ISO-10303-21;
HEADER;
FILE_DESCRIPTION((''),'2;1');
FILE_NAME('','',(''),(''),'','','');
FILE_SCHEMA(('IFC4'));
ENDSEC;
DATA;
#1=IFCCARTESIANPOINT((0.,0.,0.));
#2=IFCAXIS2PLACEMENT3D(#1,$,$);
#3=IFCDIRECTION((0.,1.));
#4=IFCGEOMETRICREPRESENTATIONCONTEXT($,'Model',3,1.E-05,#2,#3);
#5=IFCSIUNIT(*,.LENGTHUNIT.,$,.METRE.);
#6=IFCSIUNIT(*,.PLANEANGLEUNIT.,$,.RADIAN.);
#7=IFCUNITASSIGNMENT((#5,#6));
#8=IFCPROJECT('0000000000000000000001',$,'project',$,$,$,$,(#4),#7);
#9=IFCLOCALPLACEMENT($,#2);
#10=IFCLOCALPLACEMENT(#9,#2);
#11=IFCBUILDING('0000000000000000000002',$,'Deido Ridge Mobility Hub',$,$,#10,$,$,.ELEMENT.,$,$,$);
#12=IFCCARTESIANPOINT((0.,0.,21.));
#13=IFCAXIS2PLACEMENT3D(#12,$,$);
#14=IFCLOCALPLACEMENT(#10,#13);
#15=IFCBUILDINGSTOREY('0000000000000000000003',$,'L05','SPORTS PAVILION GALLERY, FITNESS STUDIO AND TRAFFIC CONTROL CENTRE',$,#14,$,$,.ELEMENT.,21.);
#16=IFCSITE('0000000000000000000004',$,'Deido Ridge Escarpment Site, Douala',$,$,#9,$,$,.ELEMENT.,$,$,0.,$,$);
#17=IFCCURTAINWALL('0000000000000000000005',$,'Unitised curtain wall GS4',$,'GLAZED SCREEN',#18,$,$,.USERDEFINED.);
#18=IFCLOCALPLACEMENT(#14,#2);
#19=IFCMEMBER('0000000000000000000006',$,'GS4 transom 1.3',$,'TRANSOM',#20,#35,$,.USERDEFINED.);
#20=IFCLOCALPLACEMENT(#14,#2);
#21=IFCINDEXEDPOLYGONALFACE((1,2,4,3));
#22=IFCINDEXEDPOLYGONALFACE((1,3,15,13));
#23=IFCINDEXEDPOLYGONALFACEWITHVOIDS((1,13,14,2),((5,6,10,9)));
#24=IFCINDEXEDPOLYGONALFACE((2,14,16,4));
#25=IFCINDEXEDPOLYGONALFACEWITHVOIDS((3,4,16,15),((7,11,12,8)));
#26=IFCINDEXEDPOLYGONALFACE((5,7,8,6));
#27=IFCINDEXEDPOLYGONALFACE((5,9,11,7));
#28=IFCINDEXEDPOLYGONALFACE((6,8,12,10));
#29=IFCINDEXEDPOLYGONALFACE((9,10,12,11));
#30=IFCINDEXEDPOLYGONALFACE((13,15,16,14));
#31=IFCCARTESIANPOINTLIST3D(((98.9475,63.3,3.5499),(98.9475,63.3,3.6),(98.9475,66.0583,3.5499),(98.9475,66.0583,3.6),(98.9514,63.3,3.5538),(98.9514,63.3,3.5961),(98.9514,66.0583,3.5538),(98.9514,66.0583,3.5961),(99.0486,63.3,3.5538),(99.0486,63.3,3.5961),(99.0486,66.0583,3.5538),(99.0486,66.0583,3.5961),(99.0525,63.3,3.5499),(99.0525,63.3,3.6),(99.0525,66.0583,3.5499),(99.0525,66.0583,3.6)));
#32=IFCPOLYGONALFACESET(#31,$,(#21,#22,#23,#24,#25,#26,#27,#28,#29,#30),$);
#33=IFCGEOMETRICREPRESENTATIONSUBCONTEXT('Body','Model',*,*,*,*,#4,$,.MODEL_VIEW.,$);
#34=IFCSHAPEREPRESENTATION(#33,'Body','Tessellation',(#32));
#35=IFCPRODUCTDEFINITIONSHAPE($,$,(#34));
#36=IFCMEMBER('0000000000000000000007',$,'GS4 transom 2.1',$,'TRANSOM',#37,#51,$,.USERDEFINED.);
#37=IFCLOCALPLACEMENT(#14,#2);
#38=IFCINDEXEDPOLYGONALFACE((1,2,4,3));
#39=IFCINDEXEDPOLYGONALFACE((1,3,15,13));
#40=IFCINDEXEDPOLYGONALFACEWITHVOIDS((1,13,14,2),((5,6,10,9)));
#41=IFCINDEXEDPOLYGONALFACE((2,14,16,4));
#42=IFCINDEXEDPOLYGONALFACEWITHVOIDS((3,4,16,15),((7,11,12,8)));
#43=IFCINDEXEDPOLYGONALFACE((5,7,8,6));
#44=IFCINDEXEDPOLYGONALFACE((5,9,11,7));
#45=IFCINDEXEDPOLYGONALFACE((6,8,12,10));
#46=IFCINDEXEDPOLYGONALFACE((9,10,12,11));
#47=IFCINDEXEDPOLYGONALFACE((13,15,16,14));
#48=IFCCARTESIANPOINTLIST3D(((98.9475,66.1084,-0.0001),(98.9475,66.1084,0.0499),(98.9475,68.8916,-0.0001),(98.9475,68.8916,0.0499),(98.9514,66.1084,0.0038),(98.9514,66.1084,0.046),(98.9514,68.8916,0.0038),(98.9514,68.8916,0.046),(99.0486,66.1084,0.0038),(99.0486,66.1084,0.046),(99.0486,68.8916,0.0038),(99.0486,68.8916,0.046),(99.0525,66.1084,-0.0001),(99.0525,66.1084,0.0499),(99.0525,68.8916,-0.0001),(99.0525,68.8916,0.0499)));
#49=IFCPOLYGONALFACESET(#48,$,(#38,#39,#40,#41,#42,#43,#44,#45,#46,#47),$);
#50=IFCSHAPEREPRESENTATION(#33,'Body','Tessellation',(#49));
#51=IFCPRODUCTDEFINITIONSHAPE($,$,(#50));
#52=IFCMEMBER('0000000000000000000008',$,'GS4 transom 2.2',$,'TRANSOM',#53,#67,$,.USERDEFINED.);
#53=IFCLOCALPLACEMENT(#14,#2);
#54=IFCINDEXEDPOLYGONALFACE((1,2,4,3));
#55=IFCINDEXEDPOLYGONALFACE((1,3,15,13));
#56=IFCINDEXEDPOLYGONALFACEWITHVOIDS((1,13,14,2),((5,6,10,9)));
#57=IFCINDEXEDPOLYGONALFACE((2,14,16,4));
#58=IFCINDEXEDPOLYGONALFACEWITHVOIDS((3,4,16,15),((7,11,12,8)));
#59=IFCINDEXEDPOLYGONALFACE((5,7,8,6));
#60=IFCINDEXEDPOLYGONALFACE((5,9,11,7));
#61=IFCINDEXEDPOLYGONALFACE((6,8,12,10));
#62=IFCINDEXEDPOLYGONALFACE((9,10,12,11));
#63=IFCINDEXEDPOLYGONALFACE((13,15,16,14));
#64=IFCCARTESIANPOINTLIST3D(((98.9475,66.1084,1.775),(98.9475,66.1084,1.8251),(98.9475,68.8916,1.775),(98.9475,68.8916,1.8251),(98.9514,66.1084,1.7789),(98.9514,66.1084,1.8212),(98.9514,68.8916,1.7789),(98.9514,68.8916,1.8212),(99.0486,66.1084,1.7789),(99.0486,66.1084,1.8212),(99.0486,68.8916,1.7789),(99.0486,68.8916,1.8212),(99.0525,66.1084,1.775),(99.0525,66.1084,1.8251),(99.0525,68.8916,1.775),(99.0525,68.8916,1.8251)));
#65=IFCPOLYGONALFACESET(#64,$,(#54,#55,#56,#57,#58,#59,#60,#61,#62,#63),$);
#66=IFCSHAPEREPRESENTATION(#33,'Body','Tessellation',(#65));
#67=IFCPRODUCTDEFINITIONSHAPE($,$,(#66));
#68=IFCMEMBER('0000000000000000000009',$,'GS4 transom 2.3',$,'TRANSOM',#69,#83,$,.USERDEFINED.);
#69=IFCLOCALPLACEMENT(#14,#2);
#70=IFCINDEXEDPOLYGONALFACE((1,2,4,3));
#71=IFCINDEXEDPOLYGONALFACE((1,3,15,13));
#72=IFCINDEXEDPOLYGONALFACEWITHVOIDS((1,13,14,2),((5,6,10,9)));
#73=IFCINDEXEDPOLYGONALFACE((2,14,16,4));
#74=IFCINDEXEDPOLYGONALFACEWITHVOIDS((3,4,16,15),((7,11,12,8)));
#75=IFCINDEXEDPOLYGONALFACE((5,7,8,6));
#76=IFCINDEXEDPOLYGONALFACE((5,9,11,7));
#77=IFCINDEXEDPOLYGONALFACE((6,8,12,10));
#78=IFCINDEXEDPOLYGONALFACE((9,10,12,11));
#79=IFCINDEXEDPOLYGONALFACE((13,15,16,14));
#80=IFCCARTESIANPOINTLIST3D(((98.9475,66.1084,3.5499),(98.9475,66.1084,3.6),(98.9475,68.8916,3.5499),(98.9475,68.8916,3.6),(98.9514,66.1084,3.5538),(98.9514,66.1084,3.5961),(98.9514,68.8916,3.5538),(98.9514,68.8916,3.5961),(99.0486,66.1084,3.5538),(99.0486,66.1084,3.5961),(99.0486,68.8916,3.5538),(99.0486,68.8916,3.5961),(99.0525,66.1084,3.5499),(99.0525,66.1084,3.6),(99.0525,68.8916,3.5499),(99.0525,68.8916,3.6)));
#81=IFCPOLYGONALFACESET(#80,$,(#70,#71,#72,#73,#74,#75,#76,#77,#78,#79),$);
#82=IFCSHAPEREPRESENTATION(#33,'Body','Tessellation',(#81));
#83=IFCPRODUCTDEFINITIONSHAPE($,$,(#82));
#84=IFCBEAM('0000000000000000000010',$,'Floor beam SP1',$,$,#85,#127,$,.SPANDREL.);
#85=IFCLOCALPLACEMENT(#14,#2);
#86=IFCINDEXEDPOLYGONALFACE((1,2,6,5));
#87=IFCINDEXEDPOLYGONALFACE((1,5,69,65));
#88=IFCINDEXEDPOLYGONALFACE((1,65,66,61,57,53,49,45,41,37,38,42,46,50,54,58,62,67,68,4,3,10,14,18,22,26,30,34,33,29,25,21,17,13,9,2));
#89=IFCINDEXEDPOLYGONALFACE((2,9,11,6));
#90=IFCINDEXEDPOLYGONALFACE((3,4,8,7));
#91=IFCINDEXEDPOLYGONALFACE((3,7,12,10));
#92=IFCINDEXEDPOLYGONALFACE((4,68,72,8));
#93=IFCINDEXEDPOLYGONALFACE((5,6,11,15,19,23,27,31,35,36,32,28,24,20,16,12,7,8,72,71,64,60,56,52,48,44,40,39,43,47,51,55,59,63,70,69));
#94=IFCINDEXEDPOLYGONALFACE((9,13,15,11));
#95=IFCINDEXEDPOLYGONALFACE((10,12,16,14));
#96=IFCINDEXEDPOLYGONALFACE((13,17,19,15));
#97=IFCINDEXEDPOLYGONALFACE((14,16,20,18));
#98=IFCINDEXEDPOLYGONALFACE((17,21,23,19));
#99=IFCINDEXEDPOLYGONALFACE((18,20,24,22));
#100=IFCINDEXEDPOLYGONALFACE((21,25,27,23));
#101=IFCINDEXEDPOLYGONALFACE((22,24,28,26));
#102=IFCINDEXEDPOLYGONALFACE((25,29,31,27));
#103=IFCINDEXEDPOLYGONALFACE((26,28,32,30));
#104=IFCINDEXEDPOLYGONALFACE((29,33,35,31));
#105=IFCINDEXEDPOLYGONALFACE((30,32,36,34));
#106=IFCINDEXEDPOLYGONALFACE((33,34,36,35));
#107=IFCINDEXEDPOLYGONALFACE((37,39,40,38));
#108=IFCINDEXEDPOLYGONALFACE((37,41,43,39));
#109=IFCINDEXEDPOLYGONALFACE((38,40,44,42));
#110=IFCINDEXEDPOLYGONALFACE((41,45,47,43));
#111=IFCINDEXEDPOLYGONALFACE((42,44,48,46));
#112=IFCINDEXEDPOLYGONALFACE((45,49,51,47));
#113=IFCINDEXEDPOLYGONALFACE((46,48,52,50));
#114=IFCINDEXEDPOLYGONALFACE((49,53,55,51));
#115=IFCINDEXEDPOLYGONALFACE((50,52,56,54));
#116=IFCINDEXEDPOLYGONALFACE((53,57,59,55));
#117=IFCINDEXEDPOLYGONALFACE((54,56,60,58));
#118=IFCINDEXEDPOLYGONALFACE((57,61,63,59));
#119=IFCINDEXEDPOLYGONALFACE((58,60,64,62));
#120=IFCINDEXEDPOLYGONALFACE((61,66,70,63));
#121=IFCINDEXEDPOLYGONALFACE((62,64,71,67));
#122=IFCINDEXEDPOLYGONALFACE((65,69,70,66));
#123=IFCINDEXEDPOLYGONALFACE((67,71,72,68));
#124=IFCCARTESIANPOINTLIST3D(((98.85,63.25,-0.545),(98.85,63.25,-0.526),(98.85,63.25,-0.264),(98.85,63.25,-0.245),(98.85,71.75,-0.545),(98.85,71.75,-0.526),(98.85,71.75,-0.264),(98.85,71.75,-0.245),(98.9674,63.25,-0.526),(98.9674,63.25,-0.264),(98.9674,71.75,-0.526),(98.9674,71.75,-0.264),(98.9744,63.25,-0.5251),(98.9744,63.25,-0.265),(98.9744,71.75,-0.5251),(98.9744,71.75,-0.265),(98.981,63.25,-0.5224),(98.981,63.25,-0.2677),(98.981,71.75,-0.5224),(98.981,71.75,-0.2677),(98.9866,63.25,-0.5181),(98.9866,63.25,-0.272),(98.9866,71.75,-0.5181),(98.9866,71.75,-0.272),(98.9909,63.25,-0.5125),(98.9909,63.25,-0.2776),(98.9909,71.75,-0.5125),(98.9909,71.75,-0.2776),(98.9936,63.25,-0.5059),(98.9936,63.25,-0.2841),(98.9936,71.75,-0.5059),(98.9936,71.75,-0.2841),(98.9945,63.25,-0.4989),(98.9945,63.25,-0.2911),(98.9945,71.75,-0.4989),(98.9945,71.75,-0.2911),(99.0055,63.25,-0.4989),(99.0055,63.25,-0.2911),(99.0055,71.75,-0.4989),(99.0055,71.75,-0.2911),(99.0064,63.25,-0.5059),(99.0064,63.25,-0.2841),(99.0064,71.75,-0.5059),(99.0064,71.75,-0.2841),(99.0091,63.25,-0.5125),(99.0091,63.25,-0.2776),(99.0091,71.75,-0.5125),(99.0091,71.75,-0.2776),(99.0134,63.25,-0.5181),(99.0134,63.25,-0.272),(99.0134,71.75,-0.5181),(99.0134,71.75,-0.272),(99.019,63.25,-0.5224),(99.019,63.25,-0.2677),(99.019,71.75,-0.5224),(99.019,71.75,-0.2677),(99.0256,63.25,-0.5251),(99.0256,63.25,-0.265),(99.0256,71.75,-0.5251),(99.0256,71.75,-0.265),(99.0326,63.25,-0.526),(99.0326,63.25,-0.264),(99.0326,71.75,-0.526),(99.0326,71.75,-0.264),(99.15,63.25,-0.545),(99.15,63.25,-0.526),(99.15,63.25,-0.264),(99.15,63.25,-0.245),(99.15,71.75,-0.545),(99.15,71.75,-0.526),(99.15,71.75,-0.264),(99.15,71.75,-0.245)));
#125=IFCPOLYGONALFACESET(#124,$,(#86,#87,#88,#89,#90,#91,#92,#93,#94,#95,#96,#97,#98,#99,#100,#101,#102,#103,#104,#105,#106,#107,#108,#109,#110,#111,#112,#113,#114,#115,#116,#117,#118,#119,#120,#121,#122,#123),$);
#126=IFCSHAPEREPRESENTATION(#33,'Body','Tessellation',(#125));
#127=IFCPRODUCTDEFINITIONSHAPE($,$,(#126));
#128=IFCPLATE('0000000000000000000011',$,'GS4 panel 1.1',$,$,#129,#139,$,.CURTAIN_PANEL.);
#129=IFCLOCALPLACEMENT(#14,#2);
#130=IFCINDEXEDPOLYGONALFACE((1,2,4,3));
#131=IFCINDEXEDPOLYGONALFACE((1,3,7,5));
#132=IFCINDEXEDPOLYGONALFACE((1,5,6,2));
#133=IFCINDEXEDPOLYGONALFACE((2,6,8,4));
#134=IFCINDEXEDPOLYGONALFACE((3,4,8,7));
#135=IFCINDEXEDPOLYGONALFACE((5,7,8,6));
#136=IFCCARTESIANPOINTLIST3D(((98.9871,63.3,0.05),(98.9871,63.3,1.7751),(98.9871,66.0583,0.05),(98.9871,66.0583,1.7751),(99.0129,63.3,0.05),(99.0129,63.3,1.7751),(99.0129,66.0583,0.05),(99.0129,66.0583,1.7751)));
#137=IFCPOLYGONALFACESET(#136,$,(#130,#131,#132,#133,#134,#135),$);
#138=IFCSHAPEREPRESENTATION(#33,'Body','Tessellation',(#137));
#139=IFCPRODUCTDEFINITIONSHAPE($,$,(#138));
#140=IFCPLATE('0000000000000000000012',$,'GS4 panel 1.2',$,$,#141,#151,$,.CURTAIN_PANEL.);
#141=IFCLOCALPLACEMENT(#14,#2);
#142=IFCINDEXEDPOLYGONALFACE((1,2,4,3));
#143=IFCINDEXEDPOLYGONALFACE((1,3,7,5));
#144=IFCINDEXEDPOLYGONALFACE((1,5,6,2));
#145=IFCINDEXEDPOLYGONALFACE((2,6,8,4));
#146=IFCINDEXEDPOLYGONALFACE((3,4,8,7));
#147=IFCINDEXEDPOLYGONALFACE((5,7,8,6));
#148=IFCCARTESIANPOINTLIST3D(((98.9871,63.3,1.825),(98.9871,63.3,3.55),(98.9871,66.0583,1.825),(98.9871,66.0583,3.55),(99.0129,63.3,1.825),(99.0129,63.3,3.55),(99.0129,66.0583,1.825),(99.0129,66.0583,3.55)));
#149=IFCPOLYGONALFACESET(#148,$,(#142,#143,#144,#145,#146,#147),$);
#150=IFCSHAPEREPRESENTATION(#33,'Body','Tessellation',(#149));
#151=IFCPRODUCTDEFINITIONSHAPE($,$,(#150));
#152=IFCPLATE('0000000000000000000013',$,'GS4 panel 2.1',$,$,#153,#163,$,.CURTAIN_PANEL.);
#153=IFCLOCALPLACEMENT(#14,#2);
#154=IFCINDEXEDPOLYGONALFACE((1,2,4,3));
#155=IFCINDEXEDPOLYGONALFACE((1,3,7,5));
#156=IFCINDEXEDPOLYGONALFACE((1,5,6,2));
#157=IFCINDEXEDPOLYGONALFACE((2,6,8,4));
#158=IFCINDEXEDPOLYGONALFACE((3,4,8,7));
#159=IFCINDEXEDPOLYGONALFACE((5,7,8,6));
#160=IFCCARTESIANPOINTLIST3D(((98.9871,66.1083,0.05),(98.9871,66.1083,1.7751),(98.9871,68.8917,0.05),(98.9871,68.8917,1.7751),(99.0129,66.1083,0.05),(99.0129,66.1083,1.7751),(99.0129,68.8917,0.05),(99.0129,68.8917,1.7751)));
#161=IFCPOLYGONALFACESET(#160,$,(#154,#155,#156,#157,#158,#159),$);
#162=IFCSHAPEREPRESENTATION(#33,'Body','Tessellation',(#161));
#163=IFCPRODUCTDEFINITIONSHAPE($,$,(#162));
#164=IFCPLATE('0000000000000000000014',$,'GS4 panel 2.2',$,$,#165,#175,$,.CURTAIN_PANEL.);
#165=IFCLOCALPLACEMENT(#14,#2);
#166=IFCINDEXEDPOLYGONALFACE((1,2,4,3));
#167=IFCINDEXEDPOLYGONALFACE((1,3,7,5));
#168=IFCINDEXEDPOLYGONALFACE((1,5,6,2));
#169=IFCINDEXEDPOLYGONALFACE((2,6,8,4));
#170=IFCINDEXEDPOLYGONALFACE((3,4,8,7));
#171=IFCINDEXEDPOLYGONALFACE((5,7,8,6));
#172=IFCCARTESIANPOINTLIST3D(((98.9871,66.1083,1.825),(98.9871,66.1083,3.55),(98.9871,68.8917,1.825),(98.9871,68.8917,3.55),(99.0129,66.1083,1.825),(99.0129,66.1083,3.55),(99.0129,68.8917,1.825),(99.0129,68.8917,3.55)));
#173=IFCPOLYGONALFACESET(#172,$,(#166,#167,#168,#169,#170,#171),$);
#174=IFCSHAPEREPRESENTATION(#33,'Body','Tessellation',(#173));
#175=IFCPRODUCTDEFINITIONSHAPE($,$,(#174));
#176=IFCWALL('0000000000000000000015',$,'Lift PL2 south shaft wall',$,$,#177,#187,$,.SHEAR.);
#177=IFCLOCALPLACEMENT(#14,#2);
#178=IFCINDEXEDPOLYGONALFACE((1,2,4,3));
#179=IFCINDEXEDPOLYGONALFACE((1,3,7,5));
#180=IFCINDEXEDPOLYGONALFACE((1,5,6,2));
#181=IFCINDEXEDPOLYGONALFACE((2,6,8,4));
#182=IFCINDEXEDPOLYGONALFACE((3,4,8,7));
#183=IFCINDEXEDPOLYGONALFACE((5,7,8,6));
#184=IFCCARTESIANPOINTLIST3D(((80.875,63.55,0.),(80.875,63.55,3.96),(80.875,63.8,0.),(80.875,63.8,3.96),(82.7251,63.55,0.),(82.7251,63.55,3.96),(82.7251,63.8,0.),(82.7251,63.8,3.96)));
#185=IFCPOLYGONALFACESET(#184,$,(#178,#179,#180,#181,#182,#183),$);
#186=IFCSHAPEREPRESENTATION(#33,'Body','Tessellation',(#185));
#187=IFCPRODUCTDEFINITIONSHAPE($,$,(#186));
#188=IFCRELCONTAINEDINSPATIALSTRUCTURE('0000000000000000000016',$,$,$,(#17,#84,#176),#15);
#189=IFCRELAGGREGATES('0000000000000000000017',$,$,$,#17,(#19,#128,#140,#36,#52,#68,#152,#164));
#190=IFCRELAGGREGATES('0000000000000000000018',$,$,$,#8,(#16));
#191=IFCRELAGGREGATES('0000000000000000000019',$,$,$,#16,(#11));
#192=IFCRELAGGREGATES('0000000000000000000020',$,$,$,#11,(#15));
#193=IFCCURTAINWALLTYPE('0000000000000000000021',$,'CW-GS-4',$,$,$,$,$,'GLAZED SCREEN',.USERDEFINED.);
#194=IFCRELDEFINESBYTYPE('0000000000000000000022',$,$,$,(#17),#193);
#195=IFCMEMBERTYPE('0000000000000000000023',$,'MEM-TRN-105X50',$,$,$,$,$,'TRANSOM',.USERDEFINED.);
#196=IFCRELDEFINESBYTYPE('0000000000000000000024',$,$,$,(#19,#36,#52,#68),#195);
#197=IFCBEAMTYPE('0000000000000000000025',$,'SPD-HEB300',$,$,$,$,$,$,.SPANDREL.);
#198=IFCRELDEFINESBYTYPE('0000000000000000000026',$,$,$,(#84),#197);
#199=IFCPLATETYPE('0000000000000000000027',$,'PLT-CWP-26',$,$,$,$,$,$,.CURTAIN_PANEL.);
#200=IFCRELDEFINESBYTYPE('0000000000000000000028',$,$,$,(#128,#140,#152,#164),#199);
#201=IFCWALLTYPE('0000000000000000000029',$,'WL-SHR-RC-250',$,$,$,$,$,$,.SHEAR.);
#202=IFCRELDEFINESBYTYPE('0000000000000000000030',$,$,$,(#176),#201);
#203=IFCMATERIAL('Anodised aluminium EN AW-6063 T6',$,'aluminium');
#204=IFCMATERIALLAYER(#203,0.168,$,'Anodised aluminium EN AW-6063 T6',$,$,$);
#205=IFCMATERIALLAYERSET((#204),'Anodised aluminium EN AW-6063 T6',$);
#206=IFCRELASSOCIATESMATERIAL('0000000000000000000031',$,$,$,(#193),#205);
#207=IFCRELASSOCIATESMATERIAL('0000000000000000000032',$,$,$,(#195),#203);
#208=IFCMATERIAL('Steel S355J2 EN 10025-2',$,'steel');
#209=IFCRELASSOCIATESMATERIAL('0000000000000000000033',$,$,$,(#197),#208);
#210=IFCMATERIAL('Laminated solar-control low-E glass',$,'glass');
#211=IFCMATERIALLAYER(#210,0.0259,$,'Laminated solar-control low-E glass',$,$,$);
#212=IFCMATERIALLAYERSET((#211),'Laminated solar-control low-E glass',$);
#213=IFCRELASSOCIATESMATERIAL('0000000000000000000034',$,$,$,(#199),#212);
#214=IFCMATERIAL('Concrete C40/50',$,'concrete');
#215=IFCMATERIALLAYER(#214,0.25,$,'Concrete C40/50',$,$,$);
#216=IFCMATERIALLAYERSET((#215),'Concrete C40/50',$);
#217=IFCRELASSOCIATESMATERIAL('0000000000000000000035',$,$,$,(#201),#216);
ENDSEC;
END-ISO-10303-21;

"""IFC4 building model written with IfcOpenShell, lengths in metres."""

from ifc_helpers import new_model, si_unit, direction, frame, frame_2d, origin, origin_2d, place, context, subcontext, project, spatial, rectangle, hollow_rectangle, i_section, extrude, material, layer, layer_set, material_profile, profile_set, type_object, element, aggregate, save


model = new_model("IFC4")

# Units and contexts
model_context = context("Model", 3, precision=1e-05, world=origin(), true_north=direction((0.0, 1.0)))
body_context = subcontext(model_context, "Body", "Model", "MODEL_VIEW")
ifc_project = project(units=[si_unit("LENGTHUNIT", "METRE"), si_unit("PLANEANGLEUNIT", "RADIAN")], contexts=[model_context])

# Site, building, storey
site_placement = place(None, origin())
site = spatial("IfcSite", under=ifc_project, at=site_placement, Name="Deido Ridge Escarpment Site, Douala", CompositionType="ELEMENT", RefElevation=0.0)
building_placement = place(site_placement, origin())
building = spatial("IfcBuilding", under=site, at=building_placement, Name="Deido Ridge Mobility Hub", CompositionType="ELEMENT")
storey_placement = place(building_placement, frame((0.0, 0.0, 21.0)))
storey = spatial("IfcBuildingStorey", under=building, at=storey_placement, Name="L05", Description="SPORTS PAVILION GALLERY, FITNESS STUDIO AND TRAFFIC CONTROL CENTRE", CompositionType="ELEMENT", Elevation=21.0)

# Shared definitions
ifc_material_1 = material(Name="Steel S355J2 EN 10025-2", Category="steel")

# Shared definitions
ifc_material_2 = material(Name="Anodised aluminium EN AW-6063 T6", Category="aluminium")
ifc_layer_1 = layer(ifc_material_2, 0.168, Name="Anodised aluminium EN AW-6063 T6")
ifc_layer_set_1 = layer_set([ifc_layer_1], Name="Anodised aluminium EN AW-6063 T6")
curtain_wall_type = type_object("IfcCurtainWallType", Name="CW-GS-4", ElementType="GLAZED SCREEN", PredefinedType="USERDEFINED", material=ifc_layer_set_1)

# Curtain wall, members
curtain_wall_1_placement = place(storey_placement, origin())
curtain_wall_1 = element("IfcCurtainWall", 1, at=curtain_wall_1_placement, inside=storey, type_object=curtain_wall_type, Name="Unitised curtain wall GS4", ObjectType="GLAZED SCREEN", PredefinedType="USERDEFINED")
ifc_material_profile_1 = material_profile(ifc_material_2, hollow_rectangle(XDim=0.105, YDim=0.05, WallThickness=0.0039, at=origin_2d()), Name="RHS 105x50x4")
ifc_profile_set_1 = profile_set([ifc_material_profile_1], Name="Anodised aluminium EN AW-6063 T6")
member_type_1 = type_object("IfcMemberType", Name="MEM-TRN-105X50", ElementType="TRANSOM", PredefinedType="USERDEFINED", material=ifc_profile_set_1)
member_1_placement = place(storey_placement, frame((99.0, 63.3, 3.575), z_axis=(0.0, 1.0, 0.0), x_axis=(-1.0, 0.0, 0.0)))
member_1 = element("IfcMember", 2, at=member_1_placement, type_object=member_type_1, Name="GS4 transom 1.3", ObjectType="TRANSOM", PredefinedType="USERDEFINED", context=body_context, shape_type="SweptSolid", body=[
    extrude(hollow_rectangle(XDim=0.105, YDim=0.05, WallThickness=0.0039, at=origin_2d()), origin(), (0.0, 0.0, 1.0), 2.7583),
])
member_2_placement = place(storey_placement, frame((99.0, 66.1084, 0.0249), z_axis=(0.0, 1.0, 0.0), x_axis=(-1.0, 0.0, 0.0)))
member_2 = element("IfcMember", 3, at=member_2_placement, type_object=member_type_1, Name="GS4 transom 2.1", ObjectType="TRANSOM", PredefinedType="USERDEFINED", context=body_context, shape_type="SweptSolid", body=[
    extrude(hollow_rectangle(XDim=0.105, YDim=0.05, WallThickness=0.0039, at=origin_2d()), origin(), (0.0, 0.0, 1.0), 2.7832),
])
member_3_placement = place(storey_placement, frame((99.0, 66.1084, 1.8), z_axis=(0.0, 1.0, 0.0), x_axis=(-1.0, 0.0, 0.0)))
member_3 = element("IfcMember", 4, at=member_3_placement, type_object=member_type_1, Name="GS4 transom 2.2", ObjectType="TRANSOM", PredefinedType="USERDEFINED", context=body_context, shape_type="SweptSolid", body=[
    extrude(hollow_rectangle(XDim=0.105, YDim=0.05, WallThickness=0.0039, at=origin_2d()), origin(), (0.0, 0.0, 1.0), 2.7832),
])
member_4_placement = place(storey_placement, frame((99.0, 66.1084, 3.575), z_axis=(0.0, 1.0, 0.0), x_axis=(-1.0, 0.0, 0.0)))
member_4 = element("IfcMember", 5, at=member_4_placement, type_object=member_type_1, Name="GS4 transom 2.3", ObjectType="TRANSOM", PredefinedType="USERDEFINED", context=body_context, shape_type="SweptSolid", body=[
    extrude(hollow_rectangle(XDim=0.105, YDim=0.05, WallThickness=0.0039, at=origin_2d()), origin(), (0.0, 0.0, 1.0), 2.7832),
])

# Beam
ifc_material_profile_2 = material_profile(ifc_material_1, i_section(OverallWidth=0.3, OverallDepth=0.3, WebThickness=0.011, FlangeThickness=0.019, FilletRadius=0.0271, at=origin_2d()), Name="HEB 300")
ifc_profile_set_2 = profile_set([ifc_material_profile_2], Name="Steel S355J2 EN 10025-2")
beam_type_1 = type_object("IfcBeamType", Name="SPD-HEB300", PredefinedType="SPANDREL", material=ifc_profile_set_2)
beam_1_placement = place(storey_placement, frame((99.0, 63.25, -0.395), z_axis=(0.0, 1.0, 0.0), x_axis=(-1.0, 0.0, 0.0)))
element("IfcBeam", 6, at=beam_1_placement, inside=storey, type_object=beam_type_1, Name="Floor beam SP1", PredefinedType="SPANDREL", context=body_context, shape_type="SweptSolid", body=[
    extrude(i_section(OverallWidth=0.3, OverallDepth=0.3, WebThickness=0.011, FlangeThickness=0.019, FilletRadius=0.0271, at=origin_2d()), origin(), (0.0, 0.0, 1.0), 8.5),
])

# Plates
ifc_material_3 = material(Name="Laminated solar-control low-E glass", Category="glass")
ifc_layer_2 = layer(ifc_material_3, 0.0259, Name="Laminated solar-control low-E glass")
ifc_layer_set_2 = layer_set([ifc_layer_2], Name="Laminated solar-control low-E glass")
plate_type = type_object("IfcPlateType", Name="PLT-CWP-26", PredefinedType="CURTAIN_PANEL", material=ifc_layer_set_2)
plate_1_placement = place(storey_placement, frame((99.0, 64.6792, 0.05), z_axis=(0.0, 0.0, 1.0), x_axis=(0.0, 1.0, 0.0)))
plate_1 = element("IfcPlate", 7, at=plate_1_placement, type_object=plate_type, Name="GS4 panel 1.1", PredefinedType="CURTAIN_PANEL", context=body_context, shape_type="SweptSolid", body=[
    extrude(rectangle(XDim=2.7583, YDim=0.0259, at=origin_2d()), origin(), (0.0, 0.0, 1.0), 1.7251),
])
plate_2_placement = place(storey_placement, frame((99.0, 64.6792, 1.825), z_axis=(0.0, 0.0, 1.0), x_axis=(0.0, 1.0, 0.0)))
plate_2 = element("IfcPlate", 8, at=plate_2_placement, type_object=plate_type, Name="GS4 panel 1.2", PredefinedType="CURTAIN_PANEL", context=body_context, shape_type="SweptSolid", body=[
    extrude(rectangle(XDim=2.7583, YDim=0.0259, at=origin_2d()), origin(), (0.0, 0.0, 1.0), 1.7251),
])
plate_3_placement = place(storey_placement, frame((99.0, 67.5, 0.05), z_axis=(0.0, 0.0, 1.0), x_axis=(0.0, 1.0, 0.0)))
plate_3 = element("IfcPlate", 9, at=plate_3_placement, type_object=plate_type, Name="GS4 panel 2.1", PredefinedType="CURTAIN_PANEL", context=body_context, shape_type="SweptSolid", body=[
    extrude(rectangle(XDim=2.7834, YDim=0.0259, at=origin_2d()), origin(), (0.0, 0.0, 1.0), 1.7251),
])
plate_4_placement = place(storey_placement, frame((99.0, 67.5, 1.825), z_axis=(0.0, 0.0, 1.0), x_axis=(0.0, 1.0, 0.0)))
plate_4 = element("IfcPlate", 10, at=plate_4_placement, type_object=plate_type, Name="GS4 panel 2.2", PredefinedType="CURTAIN_PANEL", context=body_context, shape_type="SweptSolid", body=[
    extrude(rectangle(XDim=2.7834, YDim=0.0259, at=origin_2d()), origin(), (0.0, 0.0, 1.0), 1.7251),
])
aggregate(curtain_wall_1, [member_1, plate_1, plate_2, member_2, member_3, member_4, plate_3, plate_4])

# Wall
ifc_material_4 = material(Name="Concrete C40/50", Category="concrete")
ifc_layer_3 = layer(ifc_material_4, 0.25, Name="Concrete C40/50")
ifc_layer_set_3 = layer_set([ifc_layer_3], Name="Concrete C40/50")
wall_type_1 = type_object("IfcWallType", Name="WL-SHR-RC-250", PredefinedType="SHEAR", material=ifc_layer_set_3)
for number, where, z_axis, x_axis, name in (
    (11, (80.875, 63.675, 0.0), (0.0, 0.0, 1.0), (1.0, 0.0, 0.0), "Lift PL2 south shaft wall"),
):
    element("IfcWall", number, at=place(storey_placement, frame(where, z_axis=z_axis, x_axis=x_axis)), inside=storey, type_object=wall_type_1, Name=name, PredefinedType="SHEAR", context=body_context, shape_type="SweptSolid", body=[
        extrude(rectangle(XDim=1.8501, YDim=0.25, at=frame_2d((0.925, 0.0))), origin(), (0.0, 0.0, 1.0), 3.96),
    ])

save(model, "model.ifc")
